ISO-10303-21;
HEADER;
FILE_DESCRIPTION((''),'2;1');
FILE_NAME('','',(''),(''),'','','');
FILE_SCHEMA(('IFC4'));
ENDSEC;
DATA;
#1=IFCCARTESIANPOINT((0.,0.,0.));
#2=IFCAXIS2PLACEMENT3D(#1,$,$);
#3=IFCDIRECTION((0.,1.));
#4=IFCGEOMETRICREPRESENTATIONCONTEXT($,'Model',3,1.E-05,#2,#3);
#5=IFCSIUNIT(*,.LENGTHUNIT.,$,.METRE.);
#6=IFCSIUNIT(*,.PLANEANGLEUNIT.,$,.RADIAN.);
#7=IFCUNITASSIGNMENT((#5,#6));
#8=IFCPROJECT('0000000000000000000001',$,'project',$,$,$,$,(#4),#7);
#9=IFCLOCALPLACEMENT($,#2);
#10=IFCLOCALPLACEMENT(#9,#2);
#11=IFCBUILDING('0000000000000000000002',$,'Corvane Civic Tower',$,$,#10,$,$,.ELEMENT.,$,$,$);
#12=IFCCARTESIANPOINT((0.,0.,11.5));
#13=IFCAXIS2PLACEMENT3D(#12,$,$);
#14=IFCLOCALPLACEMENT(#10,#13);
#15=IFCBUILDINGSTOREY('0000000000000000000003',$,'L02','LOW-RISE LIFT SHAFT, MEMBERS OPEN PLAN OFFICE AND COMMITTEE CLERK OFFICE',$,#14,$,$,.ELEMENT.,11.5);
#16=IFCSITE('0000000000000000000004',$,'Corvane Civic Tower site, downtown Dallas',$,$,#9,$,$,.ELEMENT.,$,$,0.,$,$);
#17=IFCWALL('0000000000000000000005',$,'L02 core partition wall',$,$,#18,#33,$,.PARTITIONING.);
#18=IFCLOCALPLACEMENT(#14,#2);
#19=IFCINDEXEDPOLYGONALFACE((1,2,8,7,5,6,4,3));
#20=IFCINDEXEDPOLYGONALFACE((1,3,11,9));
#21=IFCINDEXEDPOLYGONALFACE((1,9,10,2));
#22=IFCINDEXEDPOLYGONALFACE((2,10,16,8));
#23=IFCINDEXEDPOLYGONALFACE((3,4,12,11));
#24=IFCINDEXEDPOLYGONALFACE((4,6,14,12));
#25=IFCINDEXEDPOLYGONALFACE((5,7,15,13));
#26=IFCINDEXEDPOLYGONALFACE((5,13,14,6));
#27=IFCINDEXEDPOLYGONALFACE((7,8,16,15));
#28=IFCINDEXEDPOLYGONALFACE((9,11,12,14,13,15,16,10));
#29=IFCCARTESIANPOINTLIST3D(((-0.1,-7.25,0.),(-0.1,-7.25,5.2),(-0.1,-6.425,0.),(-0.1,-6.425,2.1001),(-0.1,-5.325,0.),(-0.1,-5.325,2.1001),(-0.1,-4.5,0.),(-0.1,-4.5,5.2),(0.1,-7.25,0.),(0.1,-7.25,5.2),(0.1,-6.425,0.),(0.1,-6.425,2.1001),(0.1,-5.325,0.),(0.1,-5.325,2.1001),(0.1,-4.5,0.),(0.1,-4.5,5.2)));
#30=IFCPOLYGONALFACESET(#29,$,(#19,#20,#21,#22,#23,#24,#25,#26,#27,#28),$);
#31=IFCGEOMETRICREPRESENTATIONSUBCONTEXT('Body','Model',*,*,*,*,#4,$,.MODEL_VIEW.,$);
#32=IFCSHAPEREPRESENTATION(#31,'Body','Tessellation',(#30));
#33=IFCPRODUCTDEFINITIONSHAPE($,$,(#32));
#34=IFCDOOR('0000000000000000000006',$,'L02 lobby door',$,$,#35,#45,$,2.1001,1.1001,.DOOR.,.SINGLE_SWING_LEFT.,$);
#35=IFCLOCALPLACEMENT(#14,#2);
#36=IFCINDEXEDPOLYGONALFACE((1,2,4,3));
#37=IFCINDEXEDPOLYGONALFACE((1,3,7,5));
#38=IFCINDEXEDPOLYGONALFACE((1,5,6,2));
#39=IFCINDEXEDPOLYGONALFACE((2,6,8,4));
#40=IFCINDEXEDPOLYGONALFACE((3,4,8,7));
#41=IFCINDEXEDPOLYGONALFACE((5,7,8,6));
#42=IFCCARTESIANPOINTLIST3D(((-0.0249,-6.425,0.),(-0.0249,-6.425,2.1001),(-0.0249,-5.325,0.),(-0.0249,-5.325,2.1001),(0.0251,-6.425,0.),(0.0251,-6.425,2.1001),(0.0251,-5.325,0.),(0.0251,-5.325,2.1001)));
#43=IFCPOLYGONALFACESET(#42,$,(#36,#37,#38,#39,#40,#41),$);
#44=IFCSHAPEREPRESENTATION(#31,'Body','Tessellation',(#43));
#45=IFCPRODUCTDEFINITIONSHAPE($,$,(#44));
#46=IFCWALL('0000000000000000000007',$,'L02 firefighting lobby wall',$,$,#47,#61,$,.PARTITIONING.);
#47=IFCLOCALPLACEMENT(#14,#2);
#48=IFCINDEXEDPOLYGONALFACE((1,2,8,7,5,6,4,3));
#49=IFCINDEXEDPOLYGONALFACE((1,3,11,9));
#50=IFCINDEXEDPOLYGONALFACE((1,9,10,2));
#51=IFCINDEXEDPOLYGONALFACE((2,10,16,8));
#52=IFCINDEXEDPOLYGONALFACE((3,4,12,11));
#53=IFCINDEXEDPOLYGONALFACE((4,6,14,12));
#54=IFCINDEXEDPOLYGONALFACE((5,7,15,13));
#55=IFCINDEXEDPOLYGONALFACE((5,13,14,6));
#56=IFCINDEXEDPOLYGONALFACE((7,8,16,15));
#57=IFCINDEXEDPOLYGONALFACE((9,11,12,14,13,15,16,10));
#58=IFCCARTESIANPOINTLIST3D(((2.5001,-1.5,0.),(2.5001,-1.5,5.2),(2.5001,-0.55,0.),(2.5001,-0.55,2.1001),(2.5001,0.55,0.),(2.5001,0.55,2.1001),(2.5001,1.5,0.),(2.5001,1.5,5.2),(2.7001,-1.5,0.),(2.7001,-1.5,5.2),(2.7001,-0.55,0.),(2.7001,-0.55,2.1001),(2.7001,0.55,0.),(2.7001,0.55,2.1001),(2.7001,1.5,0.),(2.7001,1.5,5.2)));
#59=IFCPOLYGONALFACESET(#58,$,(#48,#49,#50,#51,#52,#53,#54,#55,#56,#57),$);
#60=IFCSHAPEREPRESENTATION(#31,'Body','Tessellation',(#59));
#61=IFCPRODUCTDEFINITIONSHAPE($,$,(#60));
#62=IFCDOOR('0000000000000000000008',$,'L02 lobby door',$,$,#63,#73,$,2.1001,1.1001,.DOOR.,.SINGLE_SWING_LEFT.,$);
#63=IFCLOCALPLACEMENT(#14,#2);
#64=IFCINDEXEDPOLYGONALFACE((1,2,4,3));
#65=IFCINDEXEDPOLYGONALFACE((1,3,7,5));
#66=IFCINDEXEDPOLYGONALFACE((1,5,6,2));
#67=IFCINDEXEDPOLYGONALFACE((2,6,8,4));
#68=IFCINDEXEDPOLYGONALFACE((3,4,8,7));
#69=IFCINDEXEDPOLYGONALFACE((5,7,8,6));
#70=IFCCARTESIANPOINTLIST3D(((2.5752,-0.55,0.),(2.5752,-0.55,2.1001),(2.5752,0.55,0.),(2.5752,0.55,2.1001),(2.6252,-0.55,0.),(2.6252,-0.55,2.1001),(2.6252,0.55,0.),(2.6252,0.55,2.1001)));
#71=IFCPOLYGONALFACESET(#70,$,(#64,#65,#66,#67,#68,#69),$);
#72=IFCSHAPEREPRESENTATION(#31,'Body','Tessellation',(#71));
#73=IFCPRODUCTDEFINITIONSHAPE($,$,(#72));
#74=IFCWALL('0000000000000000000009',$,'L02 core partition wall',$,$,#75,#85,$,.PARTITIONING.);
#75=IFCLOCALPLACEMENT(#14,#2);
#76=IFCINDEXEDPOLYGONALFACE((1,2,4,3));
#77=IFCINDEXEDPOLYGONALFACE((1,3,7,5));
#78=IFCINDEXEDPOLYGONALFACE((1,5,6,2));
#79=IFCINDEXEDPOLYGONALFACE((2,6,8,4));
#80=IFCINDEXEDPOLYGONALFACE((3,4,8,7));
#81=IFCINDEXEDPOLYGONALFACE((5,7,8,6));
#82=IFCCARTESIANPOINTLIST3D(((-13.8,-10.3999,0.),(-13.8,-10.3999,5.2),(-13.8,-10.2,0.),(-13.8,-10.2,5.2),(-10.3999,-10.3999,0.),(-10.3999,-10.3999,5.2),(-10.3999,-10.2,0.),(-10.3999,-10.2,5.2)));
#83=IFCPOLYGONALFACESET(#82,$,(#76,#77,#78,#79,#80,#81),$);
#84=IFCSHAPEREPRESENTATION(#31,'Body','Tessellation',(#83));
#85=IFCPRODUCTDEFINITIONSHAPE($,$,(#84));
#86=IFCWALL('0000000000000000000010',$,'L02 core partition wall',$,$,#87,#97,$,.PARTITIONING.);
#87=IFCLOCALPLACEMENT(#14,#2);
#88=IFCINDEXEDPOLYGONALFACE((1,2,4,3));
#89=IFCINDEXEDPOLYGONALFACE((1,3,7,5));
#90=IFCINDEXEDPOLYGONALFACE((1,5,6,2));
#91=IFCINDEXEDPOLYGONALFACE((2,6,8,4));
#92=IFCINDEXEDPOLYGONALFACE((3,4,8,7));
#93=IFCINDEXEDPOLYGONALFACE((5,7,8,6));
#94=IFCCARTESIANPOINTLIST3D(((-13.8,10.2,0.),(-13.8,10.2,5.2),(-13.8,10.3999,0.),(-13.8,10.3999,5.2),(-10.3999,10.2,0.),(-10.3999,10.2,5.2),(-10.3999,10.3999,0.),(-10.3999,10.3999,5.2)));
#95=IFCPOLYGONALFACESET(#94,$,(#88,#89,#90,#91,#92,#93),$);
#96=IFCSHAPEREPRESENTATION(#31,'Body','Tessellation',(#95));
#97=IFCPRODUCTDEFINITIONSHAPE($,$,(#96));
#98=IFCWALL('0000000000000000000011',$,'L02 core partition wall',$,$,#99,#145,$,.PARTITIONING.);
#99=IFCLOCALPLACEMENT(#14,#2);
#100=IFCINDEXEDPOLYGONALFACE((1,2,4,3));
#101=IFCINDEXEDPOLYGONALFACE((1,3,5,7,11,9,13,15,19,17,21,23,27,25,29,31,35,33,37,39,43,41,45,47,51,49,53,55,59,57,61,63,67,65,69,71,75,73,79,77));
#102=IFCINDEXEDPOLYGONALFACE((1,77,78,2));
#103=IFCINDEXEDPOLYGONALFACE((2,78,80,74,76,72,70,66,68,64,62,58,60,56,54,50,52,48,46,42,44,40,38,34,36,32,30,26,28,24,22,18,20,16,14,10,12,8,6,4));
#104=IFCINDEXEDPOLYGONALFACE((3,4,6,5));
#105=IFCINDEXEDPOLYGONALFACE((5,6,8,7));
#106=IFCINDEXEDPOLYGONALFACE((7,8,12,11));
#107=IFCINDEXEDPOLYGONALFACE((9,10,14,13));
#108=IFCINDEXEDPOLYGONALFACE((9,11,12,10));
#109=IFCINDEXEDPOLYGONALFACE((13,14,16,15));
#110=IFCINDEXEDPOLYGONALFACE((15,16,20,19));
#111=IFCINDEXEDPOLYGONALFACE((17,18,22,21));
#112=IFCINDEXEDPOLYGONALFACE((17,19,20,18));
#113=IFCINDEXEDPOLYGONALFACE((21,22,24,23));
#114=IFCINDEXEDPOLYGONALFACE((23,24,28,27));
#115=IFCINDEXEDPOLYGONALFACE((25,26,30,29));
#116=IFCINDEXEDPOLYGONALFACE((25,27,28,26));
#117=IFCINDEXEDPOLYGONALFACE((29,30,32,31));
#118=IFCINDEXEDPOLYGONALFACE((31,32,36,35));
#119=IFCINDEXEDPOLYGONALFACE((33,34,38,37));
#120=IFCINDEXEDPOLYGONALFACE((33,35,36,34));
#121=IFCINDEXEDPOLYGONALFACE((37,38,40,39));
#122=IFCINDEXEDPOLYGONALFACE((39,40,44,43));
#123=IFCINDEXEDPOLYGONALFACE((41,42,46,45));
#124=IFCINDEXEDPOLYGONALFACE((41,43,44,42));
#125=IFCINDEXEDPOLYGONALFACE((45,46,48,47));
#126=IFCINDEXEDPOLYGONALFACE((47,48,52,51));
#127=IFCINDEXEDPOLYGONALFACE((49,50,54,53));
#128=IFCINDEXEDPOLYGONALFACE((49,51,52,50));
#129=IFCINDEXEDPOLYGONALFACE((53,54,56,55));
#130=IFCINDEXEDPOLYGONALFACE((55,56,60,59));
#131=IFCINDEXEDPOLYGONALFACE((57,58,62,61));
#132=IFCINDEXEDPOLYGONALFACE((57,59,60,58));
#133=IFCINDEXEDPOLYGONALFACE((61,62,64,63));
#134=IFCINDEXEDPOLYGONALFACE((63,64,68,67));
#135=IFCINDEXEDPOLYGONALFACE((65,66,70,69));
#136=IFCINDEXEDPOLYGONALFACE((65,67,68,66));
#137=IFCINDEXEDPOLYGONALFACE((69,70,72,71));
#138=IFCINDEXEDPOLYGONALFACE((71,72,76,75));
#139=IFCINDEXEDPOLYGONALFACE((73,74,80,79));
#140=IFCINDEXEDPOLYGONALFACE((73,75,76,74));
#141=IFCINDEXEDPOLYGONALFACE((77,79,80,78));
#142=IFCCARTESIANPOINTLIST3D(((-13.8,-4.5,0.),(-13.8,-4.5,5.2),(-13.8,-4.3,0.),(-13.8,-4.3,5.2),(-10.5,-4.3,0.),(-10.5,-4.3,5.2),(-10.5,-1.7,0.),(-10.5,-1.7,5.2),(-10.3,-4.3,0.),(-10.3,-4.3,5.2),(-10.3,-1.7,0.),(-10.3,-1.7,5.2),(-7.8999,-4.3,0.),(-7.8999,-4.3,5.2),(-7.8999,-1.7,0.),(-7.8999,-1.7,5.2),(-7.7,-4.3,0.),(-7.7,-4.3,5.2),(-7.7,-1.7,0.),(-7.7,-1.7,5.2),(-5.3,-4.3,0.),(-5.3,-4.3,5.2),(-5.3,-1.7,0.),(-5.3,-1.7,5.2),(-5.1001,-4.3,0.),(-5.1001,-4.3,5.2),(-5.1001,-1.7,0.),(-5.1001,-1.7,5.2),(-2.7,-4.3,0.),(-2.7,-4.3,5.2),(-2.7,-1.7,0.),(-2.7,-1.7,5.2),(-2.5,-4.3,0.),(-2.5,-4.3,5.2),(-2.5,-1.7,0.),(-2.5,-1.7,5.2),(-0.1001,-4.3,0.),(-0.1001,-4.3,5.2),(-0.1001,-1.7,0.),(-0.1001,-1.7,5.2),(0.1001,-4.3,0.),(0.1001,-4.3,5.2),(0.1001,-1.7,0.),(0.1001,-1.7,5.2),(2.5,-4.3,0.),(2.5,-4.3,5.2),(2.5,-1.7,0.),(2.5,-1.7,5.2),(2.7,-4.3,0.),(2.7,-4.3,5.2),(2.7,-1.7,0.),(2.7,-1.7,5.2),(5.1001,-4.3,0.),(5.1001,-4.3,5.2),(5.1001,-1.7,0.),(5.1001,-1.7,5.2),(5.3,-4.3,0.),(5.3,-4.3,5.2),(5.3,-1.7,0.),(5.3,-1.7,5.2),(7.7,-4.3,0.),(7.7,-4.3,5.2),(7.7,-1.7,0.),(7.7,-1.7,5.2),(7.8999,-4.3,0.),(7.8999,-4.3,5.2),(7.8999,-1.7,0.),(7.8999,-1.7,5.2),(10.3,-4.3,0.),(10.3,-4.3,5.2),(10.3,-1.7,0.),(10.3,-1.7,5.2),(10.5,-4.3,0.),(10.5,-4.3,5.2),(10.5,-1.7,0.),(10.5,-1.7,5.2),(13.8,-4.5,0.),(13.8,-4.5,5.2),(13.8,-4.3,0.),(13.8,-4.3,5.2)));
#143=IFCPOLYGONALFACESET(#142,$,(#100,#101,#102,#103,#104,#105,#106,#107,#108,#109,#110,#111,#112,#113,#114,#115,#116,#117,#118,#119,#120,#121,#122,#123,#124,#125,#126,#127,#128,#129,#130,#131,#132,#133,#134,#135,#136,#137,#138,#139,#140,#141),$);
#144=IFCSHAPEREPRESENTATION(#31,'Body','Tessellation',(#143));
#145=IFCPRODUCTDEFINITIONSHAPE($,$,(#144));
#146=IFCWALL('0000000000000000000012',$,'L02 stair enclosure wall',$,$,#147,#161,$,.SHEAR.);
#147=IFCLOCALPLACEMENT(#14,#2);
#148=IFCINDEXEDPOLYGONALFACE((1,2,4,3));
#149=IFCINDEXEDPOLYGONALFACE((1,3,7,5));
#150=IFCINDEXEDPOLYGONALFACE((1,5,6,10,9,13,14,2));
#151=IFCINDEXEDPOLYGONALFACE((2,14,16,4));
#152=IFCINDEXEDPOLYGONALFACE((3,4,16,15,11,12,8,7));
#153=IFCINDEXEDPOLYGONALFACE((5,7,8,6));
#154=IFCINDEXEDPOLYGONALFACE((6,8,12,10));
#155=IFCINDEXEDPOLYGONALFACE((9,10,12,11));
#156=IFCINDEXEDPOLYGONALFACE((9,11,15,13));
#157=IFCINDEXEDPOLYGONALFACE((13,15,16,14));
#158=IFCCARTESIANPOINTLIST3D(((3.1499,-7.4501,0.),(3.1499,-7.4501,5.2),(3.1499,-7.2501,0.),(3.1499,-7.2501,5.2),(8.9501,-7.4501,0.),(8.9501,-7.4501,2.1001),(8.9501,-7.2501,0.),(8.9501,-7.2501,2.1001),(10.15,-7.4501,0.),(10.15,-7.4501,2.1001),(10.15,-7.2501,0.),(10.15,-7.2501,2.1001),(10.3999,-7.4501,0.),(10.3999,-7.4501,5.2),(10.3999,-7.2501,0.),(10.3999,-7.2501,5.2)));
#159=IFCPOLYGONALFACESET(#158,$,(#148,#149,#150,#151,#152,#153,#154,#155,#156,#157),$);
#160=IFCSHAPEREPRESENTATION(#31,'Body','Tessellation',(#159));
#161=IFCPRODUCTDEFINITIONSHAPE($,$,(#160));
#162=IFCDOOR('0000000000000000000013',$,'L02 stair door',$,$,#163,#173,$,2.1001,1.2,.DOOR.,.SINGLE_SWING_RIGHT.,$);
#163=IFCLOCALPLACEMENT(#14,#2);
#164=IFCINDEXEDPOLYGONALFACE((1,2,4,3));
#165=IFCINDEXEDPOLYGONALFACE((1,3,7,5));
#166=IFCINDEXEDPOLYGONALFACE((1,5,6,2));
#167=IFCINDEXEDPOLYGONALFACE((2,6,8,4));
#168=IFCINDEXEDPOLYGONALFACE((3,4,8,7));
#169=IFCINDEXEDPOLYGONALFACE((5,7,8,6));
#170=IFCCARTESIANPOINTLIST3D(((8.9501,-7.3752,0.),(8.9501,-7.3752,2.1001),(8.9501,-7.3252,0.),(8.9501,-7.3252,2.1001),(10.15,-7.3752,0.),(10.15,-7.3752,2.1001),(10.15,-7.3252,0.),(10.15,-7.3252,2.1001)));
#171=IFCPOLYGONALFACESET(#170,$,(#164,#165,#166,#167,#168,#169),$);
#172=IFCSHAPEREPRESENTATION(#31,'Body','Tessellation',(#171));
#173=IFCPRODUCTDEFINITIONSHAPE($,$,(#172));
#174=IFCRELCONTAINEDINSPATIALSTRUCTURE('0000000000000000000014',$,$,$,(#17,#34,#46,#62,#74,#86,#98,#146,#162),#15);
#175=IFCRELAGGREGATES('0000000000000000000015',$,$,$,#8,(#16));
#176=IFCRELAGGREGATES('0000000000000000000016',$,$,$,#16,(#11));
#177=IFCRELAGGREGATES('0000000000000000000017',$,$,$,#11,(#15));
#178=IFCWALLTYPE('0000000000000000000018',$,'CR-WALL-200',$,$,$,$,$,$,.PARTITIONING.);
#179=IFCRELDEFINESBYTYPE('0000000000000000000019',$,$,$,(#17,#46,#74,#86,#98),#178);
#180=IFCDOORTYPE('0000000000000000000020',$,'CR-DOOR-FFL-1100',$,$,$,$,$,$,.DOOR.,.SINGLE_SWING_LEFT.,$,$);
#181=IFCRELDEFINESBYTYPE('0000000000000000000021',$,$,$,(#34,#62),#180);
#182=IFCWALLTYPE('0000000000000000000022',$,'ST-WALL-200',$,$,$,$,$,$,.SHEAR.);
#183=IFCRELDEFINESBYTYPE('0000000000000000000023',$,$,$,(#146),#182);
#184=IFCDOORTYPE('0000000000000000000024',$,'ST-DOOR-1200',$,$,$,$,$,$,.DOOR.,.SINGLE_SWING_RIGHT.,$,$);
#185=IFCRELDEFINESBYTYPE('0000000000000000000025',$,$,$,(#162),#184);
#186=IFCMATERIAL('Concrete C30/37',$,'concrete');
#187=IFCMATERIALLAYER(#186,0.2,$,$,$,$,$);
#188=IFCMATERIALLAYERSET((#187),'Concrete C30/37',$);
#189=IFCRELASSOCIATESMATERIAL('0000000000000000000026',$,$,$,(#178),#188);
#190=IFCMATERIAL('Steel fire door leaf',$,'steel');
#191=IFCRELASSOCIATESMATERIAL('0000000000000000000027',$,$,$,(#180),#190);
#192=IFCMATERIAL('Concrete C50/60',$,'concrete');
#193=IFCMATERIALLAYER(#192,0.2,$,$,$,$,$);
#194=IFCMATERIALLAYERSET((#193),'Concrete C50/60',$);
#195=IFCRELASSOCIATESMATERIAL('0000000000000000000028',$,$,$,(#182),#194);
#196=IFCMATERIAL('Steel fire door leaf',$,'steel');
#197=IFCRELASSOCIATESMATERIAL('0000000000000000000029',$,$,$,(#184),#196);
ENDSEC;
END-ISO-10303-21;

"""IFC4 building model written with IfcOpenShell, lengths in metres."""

from ifc_helpers import new_model, si_unit, direction, frame, frame_2d, origin, place, context, subcontext, project, spatial, polyline, rectangle, outline, extrude, material, layer, layer_set, type_object, element, fill, save


model = new_model("IFC4")

# Units and contexts
model_context = context("Model", 3, precision=1e-05, world=origin(), true_north=direction((0.0, 1.0)))
body_context = subcontext(model_context, "Body", "Model", "MODEL_VIEW")
ifc_project = project(units=[si_unit("LENGTHUNIT", "METRE"), si_unit("PLANEANGLEUNIT", "RADIAN")], contexts=[model_context])

# Site, building, storey
site_placement = place(None, origin())
site = spatial("IfcSite", under=ifc_project, at=site_placement, Name="Corvane Civic Tower site, downtown Dallas", CompositionType="ELEMENT", RefElevation=0.0)
building_placement = place(site_placement, origin())
building = spatial("IfcBuilding", under=site, at=building_placement, Name="Corvane Civic Tower", CompositionType="ELEMENT")
storey_placement = place(building_placement, frame((0.0, 0.0, 11.5)))
storey = spatial("IfcBuildingStorey", under=building, at=storey_placement, Name="L02", Description="LOW-RISE LIFT SHAFT, MEMBERS OPEN PLAN OFFICE AND COMMITTEE CLERK OFFICE", CompositionType="ELEMENT", Elevation=11.5)

# Walls, openings, doors
ifc_material_1 = material(Name="Concrete C30/37", Category="concrete")
ifc_layer_1 = layer(ifc_material_1, 0.2)
ifc_layer_set_1 = layer_set([ifc_layer_1], Name="Concrete C30/37")
wall_type_1 = type_object("IfcWallType", Name="CR-WALL-200", PredefinedType="PARTITIONING", material=ifc_layer_set_1)
wall_1_placement = place(storey_placement, frame((0.0, -7.25, 0.0), z_axis=(0.0, 0.0, 1.0), x_axis=(0.0, 1.0, 0.0)))
wall_1 = element("IfcWall", 1, at=wall_1_placement, inside=storey, type_object=wall_type_1, Name="L02 core partition wall", PredefinedType="PARTITIONING", context=body_context, shape_type="SweptSolid", body=[
    extrude(rectangle(XDim=2.75, YDim=0.2, at=frame_2d((1.375, 0.0))), origin(), (0.0, 0.0, 1.0), 5.2),
])
opening_1_placement = place(wall_1_placement, frame((0.825, 0.0, 0.0)))
opening_1 = element("IfcOpeningElement", 2, at=opening_1_placement, cuts=wall_1, PredefinedType="OPENING", context=body_context, shape_type="SweptSolid", body=[
    extrude(rectangle(XDim=1.1001, YDim=2.1001, at=frame_2d((0.55, 1.05))), frame((0.0, 0.1099, 0.0), z_axis=(0.0, -1.0, 0.0), x_axis=(1.0, 0.0, 0.0)), (0.0, 0.0, 1.0), 0.22),
])
ifc_material_2 = material(Name="Steel fire door leaf", Category="steel")
door_type_1 = type_object("IfcDoorType", Name="CR-DOOR-FFL-1100", OperationType="SINGLE_SWING_LEFT", PredefinedType="DOOR", material=ifc_material_2)
door_1_placement = place(opening_1_placement, origin())
door_1 = element("IfcDoor", 3, at=door_1_placement, inside=storey, type_object=door_type_1, Name="L02 lobby door", OperationType="SINGLE_SWING_LEFT", OverallHeight=2.1001, OverallWidth=1.1001, PredefinedType="DOOR", context=body_context, shape_type="SweptSolid", body=[
    extrude(rectangle(XDim=1.1001, YDim=2.1001, at=frame_2d((0.55, 1.05))), frame((0.0, 0.0249, 0.0), z_axis=(0.0, -1.0, 0.0), x_axis=(1.0, 0.0, 0.0)), (0.0, 0.0, 1.0), 0.05),
])
fill(opening_1, door_1)
wall_2_placement = place(storey_placement, frame((2.6001, -1.5, 0.0), z_axis=(0.0, 0.0, 1.0), x_axis=(0.0, 1.0, 0.0)))
wall_2 = element("IfcWall", 4, at=wall_2_placement, inside=storey, type_object=wall_type_1, Name="L02 firefighting lobby wall", PredefinedType="PARTITIONING", context=body_context, shape_type="SweptSolid", body=[
    extrude(rectangle(XDim=3.0, YDim=0.2, at=frame_2d((1.5, 0.0))), origin(), (0.0, 0.0, 1.0), 5.2),
])
opening_2_placement = place(wall_2_placement, frame((0.95, 0.0, 0.0)))
opening_2 = element("IfcOpeningElement", 5, at=opening_2_placement, cuts=wall_2, PredefinedType="OPENING", context=body_context, shape_type="SweptSolid", body=[
    extrude(rectangle(XDim=1.1001, YDim=2.1001, at=frame_2d((0.55, 1.05))), frame((0.0, 0.1099, 0.0), z_axis=(0.0, -1.0, 0.0), x_axis=(1.0, 0.0, 0.0)), (0.0, 0.0, 1.0), 0.22),
])
door_2_placement = place(opening_2_placement, origin())
door_2 = element("IfcDoor", 6, at=door_2_placement, inside=storey, type_object=door_type_1, Name="L02 lobby door", OperationType="SINGLE_SWING_LEFT", OverallHeight=2.1001, OverallWidth=1.1001, PredefinedType="DOOR", context=body_context, shape_type="SweptSolid", body=[
    extrude(rectangle(XDim=1.1001, YDim=2.1001, at=frame_2d((0.55, 1.05))), frame((0.0, 0.0249, 0.0), z_axis=(0.0, -1.0, 0.0), x_axis=(1.0, 0.0, 0.0)), (0.0, 0.0, 1.0), 0.05),
])
fill(opening_2, door_2)

# Walls
wall_3_placement = place(storey_placement, origin())
element("IfcWall", 7, at=wall_3_placement, inside=storey, type_object=wall_type_1, Name="L02 core partition wall", PredefinedType="PARTITIONING", context=body_context, shape_type="SweptSolid", body=[
    extrude(outline(polyline([(-10.3999, -10.3999), (-13.8, -10.3999), (-13.8, -10.2), (-10.3999, -10.2), (-10.3999, -10.3999)])), origin(), (0.0, 0.0, 1.0), 5.2),
])
wall_4_placement = place(storey_placement, origin())
element("IfcWall", 8, at=wall_4_placement, inside=storey, type_object=wall_type_1, Name="L02 core partition wall", PredefinedType="PARTITIONING", context=body_context, shape_type="SweptSolid", body=[
    extrude(outline(polyline([(-13.8, 10.2), (-13.8, 10.3999), (-10.3999, 10.3999), (-10.3999, 10.2), (-13.8, 10.2)])), origin(), (0.0, 0.0, 1.0), 5.2),
])
wall_5_placement = place(storey_placement, origin())
element("IfcWall", 9, at=wall_5_placement, inside=storey, type_object=wall_type_1, Name="L02 core partition wall", PredefinedType="PARTITIONING", context=body_context, shape_type="SweptSolid", body=[
    extrude(outline(polyline([(-10.5, -1.7), (-10.3, -1.7), (-10.3, -4.3), (-7.8999, -4.3), (-7.8999, -1.7), (-7.7, -1.7), (-7.7, -4.3), (-5.3, -4.3), (-5.3, -1.7), (-5.1001, -1.7), (-5.1001, -4.3), (-2.7, -4.3), (-2.7, -1.7), (-2.5, -1.7), (-2.5, -4.3), (-0.1001, -4.3), (-0.1001, -1.7), (0.1001, -1.7), (0.1001, -4.3), (2.5, -4.3), (2.5, -1.7), (2.7, -1.7), (2.7, -4.3), (5.1001, -4.3), (5.1001, -1.7), (5.3, -1.7), (5.3, -4.3), (7.7, -4.3), (7.7, -1.7), (7.8999, -1.7), (7.8999, -4.3), (10.3, -4.3), (10.3, -1.7), (10.5, -1.7), (10.5, -4.3), (13.8, -4.3), (13.8, -4.5), (-13.8, -4.5), (-13.8, -4.3), (-10.5, -4.3), (-10.5, -1.7)])), origin(), (0.0, 0.0, 1.0), 5.2),
])

# Wall, opening, door
ifc_material_3 = material(Name="Concrete C50/60", Category="concrete")
ifc_layer_2 = layer(ifc_material_3, 0.2)
ifc_layer_set_2 = layer_set([ifc_layer_2], Name="Concrete C50/60")
wall_type_2 = type_object("IfcWallType", Name="ST-WALL-200", PredefinedType="SHEAR", material=ifc_layer_set_2)
wall_6_placement = place(storey_placement, frame((3.1499, -7.3501, 0.0), z_axis=(0.0, 0.0, 1.0), x_axis=(1.0, 0.0, 0.0)))
wall_6 = element("IfcWall", 10, at=wall_6_placement, inside=storey, type_object=wall_type_2, Name="L02 stair enclosure wall", PredefinedType="SHEAR", context=body_context, shape_type="SweptSolid", body=[
    extrude(rectangle(XDim=7.25, YDim=0.2, at=frame_2d((3.625, 0.0))), origin(), (0.0, 0.0, 1.0), 5.2),
])
opening_3_placement = place(wall_6_placement, frame((5.8, 0.0, 0.0)))
opening_3 = element("IfcOpeningElement", 11, at=opening_3_placement, cuts=wall_6, PredefinedType="OPENING", context=body_context, shape_type="SweptSolid", body=[
    extrude(rectangle(XDim=1.2, YDim=2.1001, at=frame_2d((0.6001, 1.05))), frame((0.0, 0.1099, 0.0), z_axis=(0.0, -1.0, 0.0), x_axis=(1.0, 0.0, 0.0)), (0.0, 0.0, 1.0), 0.22),
])
ifc_material_4 = material(Name="Steel fire door leaf", Category="steel")
door_type_2 = type_object("IfcDoorType", Name="ST-DOOR-1200", OperationType="SINGLE_SWING_RIGHT", PredefinedType="DOOR", material=ifc_material_4)
door_3_placement = place(opening_3_placement, origin())
door_3 = element("IfcDoor", 12, at=door_3_placement, inside=storey, type_object=door_type_2, Name="L02 stair door", OperationType="SINGLE_SWING_RIGHT", OverallHeight=2.1001, OverallWidth=1.2, PredefinedType="DOOR", context=body_context, shape_type="SweptSolid", body=[
    extrude(rectangle(XDim=1.2, YDim=2.1001, at=frame_2d((0.6001, 1.05))), frame((0.0, 0.0249, 0.0), z_axis=(0.0, -1.0, 0.0), x_axis=(1.0, 0.0, 0.0)), (0.0, 0.0, 1.0), 0.05),
])
fill(opening_3, door_3)

save(model, "model.ifc")
